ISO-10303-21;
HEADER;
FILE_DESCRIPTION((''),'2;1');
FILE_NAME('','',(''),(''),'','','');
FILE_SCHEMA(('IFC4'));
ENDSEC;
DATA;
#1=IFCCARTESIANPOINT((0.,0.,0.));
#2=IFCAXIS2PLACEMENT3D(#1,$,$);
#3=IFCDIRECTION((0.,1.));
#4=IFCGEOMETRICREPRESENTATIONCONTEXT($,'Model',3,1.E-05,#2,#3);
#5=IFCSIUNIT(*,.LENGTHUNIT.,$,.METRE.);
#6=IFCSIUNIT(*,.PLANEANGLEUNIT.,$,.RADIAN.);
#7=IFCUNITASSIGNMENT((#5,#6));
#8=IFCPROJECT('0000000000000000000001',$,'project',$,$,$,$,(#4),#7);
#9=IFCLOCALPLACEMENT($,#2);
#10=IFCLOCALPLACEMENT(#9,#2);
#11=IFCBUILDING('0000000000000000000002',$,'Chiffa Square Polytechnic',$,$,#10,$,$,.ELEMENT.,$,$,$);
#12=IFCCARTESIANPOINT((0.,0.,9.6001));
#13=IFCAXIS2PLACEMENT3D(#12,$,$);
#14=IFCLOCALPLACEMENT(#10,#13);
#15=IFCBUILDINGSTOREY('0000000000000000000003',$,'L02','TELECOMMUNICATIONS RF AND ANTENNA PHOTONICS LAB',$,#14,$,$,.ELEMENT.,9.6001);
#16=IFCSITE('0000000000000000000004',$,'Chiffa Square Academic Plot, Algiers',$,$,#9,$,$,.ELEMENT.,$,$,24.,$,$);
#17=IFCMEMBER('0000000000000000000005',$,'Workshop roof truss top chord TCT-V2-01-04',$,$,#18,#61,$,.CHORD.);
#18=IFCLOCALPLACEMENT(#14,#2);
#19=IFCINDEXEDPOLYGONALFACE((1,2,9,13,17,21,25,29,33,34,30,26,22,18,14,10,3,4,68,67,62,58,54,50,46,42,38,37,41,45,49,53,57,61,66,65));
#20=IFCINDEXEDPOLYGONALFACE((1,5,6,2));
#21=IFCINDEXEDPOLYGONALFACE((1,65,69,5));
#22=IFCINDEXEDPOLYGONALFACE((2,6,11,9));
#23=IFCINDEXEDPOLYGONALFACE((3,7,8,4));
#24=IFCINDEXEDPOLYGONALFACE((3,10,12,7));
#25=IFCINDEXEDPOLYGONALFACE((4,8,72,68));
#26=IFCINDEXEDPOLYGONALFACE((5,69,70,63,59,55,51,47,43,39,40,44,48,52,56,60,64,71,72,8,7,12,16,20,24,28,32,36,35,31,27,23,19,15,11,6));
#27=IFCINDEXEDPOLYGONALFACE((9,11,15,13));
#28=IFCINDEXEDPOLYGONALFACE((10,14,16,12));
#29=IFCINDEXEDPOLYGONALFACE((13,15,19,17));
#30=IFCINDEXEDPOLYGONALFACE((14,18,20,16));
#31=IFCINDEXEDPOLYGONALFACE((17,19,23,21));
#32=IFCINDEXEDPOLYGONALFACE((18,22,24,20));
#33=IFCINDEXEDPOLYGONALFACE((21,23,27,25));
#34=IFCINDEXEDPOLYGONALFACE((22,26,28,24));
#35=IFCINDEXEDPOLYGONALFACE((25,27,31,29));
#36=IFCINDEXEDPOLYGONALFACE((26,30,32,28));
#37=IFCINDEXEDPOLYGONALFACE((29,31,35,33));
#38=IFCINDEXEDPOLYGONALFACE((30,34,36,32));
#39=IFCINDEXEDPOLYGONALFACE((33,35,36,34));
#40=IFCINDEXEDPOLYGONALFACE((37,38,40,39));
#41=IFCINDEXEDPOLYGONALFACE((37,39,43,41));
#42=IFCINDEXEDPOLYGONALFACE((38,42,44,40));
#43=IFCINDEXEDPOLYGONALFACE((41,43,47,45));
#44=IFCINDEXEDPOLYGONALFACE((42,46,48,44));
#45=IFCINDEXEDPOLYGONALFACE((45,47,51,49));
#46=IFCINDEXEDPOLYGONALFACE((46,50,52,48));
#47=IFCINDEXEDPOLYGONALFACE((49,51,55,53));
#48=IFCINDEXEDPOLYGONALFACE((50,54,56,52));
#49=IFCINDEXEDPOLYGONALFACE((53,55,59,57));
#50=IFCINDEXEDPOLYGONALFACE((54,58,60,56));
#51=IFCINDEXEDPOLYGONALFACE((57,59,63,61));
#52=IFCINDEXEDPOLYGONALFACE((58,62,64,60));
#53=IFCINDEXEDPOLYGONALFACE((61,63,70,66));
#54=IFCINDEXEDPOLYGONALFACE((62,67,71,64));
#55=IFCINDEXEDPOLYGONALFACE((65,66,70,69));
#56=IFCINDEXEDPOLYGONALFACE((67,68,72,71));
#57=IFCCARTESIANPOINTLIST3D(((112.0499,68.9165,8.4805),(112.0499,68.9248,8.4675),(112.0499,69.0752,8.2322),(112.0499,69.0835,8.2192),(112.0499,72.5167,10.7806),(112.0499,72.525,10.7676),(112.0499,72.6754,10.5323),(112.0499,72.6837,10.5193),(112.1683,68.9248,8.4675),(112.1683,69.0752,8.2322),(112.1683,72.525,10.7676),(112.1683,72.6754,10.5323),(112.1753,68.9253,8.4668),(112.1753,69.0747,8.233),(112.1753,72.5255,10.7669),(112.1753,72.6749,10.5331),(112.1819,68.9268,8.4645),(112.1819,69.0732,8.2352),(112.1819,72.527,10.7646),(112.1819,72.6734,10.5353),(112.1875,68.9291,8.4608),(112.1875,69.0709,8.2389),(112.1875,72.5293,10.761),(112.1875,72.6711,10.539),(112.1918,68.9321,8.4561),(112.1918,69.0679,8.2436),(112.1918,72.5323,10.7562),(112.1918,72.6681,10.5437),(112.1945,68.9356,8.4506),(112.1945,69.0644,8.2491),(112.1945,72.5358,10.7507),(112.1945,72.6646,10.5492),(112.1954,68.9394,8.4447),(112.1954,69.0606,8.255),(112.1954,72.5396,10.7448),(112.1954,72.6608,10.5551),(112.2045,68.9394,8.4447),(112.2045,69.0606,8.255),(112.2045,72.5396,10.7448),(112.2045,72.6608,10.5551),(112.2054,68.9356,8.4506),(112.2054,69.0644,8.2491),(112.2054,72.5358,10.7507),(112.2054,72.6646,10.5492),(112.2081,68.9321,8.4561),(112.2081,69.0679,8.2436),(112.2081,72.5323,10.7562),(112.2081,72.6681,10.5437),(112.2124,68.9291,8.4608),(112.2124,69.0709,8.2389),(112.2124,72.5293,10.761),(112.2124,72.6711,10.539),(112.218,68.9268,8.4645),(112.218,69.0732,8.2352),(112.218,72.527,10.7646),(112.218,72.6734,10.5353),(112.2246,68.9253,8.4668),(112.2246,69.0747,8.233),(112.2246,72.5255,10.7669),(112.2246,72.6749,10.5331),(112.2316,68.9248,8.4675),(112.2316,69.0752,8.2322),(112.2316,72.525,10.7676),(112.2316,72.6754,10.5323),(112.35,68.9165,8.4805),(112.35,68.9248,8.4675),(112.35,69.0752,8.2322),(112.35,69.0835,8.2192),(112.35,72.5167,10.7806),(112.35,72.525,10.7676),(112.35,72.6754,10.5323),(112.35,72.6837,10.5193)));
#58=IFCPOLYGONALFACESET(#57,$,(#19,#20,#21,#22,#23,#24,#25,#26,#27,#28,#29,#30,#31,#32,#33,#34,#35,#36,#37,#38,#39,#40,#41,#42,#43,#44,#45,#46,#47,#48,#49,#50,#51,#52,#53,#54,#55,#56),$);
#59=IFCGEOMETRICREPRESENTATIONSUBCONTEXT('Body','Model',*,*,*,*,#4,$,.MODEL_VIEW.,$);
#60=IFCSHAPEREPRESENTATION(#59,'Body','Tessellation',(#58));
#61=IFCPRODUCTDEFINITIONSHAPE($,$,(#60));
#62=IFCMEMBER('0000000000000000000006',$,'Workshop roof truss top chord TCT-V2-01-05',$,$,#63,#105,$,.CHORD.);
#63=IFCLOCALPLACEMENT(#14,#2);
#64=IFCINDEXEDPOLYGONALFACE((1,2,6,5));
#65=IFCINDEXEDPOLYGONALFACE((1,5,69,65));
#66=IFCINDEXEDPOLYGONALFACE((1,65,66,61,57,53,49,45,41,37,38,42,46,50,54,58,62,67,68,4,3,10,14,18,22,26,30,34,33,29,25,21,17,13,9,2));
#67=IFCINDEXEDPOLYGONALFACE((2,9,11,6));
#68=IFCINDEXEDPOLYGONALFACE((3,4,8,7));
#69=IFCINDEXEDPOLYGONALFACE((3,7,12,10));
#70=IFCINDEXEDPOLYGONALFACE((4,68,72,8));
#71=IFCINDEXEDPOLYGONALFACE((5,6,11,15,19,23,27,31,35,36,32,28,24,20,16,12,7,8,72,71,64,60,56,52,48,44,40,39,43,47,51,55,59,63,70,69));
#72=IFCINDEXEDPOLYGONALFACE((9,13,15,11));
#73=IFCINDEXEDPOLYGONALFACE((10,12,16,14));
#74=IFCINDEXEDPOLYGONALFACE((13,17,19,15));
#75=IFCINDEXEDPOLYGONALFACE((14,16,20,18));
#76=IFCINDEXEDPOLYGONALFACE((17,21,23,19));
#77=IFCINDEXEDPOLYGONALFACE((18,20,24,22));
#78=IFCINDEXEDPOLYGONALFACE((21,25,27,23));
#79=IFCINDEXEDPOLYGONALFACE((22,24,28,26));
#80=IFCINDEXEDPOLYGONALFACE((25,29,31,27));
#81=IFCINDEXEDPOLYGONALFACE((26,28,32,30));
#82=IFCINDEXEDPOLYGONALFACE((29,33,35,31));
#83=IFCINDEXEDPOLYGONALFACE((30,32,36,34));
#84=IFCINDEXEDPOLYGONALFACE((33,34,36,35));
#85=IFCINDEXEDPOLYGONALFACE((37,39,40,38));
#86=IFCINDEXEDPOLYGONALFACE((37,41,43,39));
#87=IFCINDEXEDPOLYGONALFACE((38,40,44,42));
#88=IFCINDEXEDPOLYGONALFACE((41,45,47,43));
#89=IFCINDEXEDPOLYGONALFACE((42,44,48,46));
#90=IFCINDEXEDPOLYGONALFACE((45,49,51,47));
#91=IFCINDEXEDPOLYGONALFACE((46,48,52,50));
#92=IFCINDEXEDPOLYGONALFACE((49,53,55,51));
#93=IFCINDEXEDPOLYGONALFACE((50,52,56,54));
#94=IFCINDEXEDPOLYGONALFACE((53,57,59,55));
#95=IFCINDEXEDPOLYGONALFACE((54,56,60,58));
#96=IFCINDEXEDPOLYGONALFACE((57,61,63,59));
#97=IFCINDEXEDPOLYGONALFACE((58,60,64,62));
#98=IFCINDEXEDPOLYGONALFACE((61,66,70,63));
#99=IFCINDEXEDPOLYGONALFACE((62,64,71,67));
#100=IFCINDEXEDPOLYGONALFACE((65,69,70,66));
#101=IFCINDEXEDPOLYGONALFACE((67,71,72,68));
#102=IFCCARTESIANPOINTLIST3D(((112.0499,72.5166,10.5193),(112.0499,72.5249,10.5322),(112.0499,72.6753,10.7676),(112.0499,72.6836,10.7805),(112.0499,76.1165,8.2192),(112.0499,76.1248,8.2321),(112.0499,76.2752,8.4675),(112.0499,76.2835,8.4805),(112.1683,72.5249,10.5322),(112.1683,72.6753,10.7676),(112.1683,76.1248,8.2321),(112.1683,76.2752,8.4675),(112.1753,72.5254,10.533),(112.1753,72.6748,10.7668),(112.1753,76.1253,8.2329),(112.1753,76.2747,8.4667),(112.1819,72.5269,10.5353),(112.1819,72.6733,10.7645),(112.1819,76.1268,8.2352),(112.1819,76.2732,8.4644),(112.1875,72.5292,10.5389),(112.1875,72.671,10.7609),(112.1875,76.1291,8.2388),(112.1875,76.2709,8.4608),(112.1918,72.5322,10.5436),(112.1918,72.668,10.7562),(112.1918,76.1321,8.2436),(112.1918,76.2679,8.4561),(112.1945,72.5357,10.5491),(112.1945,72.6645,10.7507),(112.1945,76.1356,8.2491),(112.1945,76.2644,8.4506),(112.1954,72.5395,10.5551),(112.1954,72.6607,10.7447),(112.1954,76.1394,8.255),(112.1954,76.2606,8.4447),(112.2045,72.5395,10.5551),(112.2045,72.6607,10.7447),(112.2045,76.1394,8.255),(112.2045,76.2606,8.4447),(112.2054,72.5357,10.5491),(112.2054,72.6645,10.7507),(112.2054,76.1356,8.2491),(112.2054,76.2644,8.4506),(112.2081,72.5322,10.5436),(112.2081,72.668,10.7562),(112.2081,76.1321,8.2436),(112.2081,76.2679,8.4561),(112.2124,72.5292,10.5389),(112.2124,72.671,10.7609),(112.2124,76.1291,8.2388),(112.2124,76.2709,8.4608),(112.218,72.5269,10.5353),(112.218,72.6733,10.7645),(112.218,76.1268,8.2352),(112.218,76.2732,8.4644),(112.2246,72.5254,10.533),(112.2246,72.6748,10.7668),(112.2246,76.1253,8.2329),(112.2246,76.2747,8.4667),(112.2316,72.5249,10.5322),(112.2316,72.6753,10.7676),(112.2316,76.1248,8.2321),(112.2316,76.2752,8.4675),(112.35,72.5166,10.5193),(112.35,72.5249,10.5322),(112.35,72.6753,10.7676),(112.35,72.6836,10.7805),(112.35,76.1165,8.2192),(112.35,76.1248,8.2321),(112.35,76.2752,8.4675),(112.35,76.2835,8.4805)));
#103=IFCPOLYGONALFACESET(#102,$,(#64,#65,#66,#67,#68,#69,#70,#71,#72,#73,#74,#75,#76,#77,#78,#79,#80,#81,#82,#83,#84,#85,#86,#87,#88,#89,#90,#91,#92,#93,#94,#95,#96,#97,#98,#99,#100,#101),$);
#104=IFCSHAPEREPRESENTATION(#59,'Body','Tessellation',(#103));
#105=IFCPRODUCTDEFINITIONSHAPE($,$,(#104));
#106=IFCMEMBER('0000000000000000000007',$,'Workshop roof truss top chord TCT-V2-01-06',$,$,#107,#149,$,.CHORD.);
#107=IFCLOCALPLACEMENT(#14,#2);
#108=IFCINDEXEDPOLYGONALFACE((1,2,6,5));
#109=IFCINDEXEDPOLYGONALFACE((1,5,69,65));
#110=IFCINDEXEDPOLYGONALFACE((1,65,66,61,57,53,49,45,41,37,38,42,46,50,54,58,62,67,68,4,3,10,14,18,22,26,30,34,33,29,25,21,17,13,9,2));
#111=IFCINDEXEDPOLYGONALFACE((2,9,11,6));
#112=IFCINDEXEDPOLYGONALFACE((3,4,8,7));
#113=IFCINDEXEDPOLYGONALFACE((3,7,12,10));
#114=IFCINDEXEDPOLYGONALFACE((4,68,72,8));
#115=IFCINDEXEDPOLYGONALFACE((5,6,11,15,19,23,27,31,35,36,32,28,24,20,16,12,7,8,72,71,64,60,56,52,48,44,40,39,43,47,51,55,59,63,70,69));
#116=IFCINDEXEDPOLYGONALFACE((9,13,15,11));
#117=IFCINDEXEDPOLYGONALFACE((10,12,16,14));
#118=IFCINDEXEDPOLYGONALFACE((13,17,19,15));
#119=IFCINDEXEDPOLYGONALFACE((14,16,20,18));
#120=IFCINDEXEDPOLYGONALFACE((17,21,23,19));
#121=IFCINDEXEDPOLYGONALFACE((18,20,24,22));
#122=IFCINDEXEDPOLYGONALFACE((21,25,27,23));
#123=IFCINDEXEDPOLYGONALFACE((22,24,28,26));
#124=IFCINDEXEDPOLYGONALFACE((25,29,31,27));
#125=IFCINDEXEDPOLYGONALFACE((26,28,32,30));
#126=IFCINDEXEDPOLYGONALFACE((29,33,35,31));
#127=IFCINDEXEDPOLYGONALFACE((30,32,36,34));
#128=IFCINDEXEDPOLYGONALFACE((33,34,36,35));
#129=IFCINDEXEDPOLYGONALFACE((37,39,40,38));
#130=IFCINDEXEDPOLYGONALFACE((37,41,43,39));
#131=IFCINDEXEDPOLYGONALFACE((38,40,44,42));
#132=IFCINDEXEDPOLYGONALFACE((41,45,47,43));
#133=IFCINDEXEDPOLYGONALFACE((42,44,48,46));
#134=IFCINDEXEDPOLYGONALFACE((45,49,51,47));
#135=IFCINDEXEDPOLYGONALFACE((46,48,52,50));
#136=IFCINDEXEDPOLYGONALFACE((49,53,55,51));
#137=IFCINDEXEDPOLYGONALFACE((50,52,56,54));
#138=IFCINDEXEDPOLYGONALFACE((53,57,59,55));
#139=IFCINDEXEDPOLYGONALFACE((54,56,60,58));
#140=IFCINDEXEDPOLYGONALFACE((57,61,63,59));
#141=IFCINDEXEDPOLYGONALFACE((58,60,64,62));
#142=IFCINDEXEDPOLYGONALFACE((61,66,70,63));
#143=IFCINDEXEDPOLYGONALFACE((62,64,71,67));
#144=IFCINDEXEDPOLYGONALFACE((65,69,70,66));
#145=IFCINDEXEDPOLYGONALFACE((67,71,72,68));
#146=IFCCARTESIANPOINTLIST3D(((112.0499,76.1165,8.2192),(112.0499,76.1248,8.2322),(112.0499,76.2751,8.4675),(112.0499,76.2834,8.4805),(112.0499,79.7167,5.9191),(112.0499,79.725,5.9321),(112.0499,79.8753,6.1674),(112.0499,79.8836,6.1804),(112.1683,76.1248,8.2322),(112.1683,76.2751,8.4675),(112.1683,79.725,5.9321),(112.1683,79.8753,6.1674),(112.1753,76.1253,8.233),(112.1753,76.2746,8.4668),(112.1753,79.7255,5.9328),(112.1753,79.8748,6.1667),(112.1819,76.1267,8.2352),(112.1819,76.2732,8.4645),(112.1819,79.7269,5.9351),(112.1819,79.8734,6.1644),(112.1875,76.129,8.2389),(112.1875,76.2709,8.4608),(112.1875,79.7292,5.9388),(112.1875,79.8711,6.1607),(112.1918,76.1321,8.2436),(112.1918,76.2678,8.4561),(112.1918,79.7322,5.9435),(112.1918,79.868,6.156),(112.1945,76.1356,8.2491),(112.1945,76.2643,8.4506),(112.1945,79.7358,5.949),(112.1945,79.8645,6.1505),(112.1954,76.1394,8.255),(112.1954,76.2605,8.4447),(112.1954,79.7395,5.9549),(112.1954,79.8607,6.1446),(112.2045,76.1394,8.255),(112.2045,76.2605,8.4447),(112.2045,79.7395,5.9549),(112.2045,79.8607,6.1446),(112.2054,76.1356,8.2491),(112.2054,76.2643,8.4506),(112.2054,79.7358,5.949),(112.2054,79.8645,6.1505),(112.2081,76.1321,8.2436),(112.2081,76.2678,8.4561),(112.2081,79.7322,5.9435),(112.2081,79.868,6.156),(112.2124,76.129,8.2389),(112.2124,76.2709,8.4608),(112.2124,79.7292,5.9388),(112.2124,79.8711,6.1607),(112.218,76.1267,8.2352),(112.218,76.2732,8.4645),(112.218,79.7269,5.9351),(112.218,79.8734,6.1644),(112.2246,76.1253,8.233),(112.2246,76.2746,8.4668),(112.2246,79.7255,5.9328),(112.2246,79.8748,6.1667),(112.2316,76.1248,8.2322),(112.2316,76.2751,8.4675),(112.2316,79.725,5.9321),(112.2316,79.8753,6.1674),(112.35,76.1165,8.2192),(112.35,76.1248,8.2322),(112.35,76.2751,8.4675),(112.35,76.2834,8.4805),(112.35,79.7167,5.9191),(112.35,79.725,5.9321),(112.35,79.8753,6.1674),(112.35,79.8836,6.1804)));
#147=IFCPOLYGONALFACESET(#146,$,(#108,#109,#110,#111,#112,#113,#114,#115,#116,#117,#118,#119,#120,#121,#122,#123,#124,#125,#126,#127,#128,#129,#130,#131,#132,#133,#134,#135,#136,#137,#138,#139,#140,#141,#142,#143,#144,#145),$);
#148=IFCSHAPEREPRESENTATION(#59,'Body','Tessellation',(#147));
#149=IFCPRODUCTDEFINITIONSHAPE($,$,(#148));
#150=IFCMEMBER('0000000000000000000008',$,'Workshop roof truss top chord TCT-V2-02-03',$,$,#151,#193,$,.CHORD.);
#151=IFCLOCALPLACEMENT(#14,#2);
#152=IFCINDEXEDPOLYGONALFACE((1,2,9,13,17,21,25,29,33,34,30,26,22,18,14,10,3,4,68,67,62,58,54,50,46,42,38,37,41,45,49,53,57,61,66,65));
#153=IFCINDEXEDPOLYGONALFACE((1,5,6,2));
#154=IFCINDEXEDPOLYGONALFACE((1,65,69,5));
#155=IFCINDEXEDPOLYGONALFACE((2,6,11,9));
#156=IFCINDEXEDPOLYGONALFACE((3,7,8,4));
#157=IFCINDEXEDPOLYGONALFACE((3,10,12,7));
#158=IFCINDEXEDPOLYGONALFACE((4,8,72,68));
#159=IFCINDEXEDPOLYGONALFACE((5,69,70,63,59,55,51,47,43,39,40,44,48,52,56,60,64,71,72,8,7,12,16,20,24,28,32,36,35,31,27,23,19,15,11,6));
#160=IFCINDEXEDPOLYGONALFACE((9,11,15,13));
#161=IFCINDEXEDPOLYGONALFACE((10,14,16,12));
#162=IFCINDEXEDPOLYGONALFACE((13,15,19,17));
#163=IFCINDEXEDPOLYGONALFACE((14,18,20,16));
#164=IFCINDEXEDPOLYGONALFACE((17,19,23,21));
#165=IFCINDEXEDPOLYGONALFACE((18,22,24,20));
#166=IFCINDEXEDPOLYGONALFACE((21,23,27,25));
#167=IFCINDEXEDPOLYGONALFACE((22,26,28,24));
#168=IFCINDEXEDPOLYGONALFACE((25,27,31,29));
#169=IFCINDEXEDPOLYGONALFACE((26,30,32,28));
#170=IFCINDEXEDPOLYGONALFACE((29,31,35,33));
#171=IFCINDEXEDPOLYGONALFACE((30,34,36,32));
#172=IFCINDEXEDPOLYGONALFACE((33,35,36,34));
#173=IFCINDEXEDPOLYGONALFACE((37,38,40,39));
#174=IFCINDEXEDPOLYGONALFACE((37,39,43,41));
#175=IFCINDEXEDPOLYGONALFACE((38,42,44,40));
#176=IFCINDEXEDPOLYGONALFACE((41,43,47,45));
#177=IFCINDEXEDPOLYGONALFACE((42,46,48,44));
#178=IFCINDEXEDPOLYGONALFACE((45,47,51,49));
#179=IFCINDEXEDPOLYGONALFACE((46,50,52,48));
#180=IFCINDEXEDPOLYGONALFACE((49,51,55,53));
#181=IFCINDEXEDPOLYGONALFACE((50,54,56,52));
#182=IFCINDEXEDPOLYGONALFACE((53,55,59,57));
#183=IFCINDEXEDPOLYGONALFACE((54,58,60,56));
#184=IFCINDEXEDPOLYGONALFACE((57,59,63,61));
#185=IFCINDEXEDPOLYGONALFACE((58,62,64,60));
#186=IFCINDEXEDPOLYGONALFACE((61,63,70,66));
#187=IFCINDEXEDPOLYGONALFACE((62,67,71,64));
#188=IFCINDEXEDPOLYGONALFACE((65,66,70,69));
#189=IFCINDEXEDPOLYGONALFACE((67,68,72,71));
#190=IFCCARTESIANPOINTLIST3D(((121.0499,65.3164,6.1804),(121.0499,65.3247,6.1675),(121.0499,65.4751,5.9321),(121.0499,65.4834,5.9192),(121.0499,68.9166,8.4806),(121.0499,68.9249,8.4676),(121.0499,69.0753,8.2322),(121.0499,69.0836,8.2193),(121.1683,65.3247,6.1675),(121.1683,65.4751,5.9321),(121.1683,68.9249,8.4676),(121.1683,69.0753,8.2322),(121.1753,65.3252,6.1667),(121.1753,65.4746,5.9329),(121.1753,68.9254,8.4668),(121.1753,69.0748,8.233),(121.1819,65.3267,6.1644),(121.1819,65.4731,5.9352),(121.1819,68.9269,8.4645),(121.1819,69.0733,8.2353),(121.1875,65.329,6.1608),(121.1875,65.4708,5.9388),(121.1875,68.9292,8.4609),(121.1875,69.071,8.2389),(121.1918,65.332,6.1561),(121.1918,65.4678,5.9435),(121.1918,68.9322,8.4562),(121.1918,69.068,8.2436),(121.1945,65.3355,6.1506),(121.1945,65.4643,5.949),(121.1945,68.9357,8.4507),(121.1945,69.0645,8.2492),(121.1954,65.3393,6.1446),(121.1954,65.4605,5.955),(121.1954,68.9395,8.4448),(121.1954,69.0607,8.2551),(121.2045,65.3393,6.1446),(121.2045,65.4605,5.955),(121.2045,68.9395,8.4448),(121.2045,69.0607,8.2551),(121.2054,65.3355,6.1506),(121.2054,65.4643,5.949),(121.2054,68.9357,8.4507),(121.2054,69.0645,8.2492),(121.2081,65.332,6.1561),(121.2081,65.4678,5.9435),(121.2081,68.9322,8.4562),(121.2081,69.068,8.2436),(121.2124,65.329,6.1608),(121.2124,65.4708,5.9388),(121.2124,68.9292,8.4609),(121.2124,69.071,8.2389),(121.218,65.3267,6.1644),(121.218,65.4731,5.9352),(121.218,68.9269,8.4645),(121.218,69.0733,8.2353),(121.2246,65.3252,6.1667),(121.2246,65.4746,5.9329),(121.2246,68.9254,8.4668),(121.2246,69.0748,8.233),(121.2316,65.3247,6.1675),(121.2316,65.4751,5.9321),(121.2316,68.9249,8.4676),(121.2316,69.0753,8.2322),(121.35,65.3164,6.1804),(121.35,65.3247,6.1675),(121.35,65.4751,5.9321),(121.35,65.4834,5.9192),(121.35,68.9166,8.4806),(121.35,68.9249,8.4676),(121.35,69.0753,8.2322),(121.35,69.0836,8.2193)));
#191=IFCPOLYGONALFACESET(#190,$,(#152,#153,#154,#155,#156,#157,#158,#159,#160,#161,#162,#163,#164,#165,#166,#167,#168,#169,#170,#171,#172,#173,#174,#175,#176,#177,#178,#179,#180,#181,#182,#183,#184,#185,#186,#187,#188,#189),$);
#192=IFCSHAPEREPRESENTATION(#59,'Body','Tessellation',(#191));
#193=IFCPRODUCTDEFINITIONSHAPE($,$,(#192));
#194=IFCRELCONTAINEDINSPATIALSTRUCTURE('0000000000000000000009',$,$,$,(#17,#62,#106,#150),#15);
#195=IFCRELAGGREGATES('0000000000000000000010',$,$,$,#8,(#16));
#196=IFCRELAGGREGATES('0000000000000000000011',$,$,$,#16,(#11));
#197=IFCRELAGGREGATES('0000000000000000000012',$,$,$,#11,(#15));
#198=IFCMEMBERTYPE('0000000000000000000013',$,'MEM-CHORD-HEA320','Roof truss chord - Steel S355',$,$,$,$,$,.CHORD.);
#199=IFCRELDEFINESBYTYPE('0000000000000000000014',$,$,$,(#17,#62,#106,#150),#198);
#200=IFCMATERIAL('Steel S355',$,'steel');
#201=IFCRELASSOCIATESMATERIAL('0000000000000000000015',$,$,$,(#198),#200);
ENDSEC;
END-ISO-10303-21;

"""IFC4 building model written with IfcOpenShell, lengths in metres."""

from ifc_helpers import new_model, si_unit, direction, frame, origin, origin_2d, place, context, subcontext, project, spatial, i_section, extrude, material, material_profile, profile_set, type_object, element, save


model = new_model("IFC4")

# Units and contexts
model_context = context("Model", 3, precision=1e-05, world=origin(), true_north=direction((0.0, 1.0)))
body_context = subcontext(model_context, "Body", "Model", "MODEL_VIEW")
ifc_project = project(units=[si_unit("LENGTHUNIT", "METRE"), si_unit("PLANEANGLEUNIT", "RADIAN")], contexts=[model_context])

# Site, building, storey
site_placement = place(None, origin())
site = spatial("IfcSite", under=ifc_project, at=site_placement, Name="Chiffa Square Academic Plot, Algiers", CompositionType="ELEMENT", RefElevation=24.0)
building_placement = place(site_placement, origin())
building = spatial("IfcBuilding", under=site, at=building_placement, Name="Chiffa Square Polytechnic", CompositionType="ELEMENT")
storey_placement = place(building_placement, frame((0.0, 0.0, 9.6001)))
storey = spatial("IfcBuildingStorey", under=building, at=storey_placement, Name="L02", Description="TELECOMMUNICATIONS RF AND ANTENNA PHOTONICS LAB", CompositionType="ELEMENT", Elevation=9.6001)

# Shared definitions
ifc_material_1 = material(Name="Steel S355", Category="steel")

# Members
ifc_material_profile_1 = material_profile(ifc_material_1, i_section(OverallWidth=0.3, OverallDepth=0.3101, WebThickness=0.009, FlangeThickness=0.0154, FilletRadius=0.0271, at=origin_2d()), Name="HEA 320")
ifc_profile_set_1 = profile_set([ifc_material_profile_1], Name="Steel S355")
member_type_1 = type_object("IfcMemberType", Name="MEM-CHORD-HEA320", Description="Roof truss chord - Steel S355", PredefinedType="CHORD", material=ifc_profile_set_1)
member_1_placement = place(storey_placement, frame((112.2, 69.0, 8.3499), z_axis=(0.0, 0.842698, 0.538387), x_axis=(-1.0, 0.0, 0.0)))
element("IfcMember", 1, at=member_1_placement, inside=storey, type_object=member_type_1, Name="Workshop roof truss top chord TCT-V2-01-04", PredefinedType="CHORD", context=body_context, shape_type="SweptSolid", body=[
    extrude(i_section(OverallWidth=0.3, OverallDepth=0.3101, WebThickness=0.009, FlangeThickness=0.0154, FilletRadius=0.0271, at=origin_2d()), origin(), (0.0, 0.0, 1.0), 4.2722),
])
member_2_placement = place(storey_placement, frame((112.2, 72.6001, 10.6499), z_axis=(0.0, 0.842681, -0.538413), x_axis=(-1.0, 0.0, 0.0)))
element("IfcMember", 2, at=member_2_placement, inside=storey, type_object=member_type_1, Name="Workshop roof truss top chord TCT-V2-01-05", PredefinedType="CHORD", context=body_context, shape_type="SweptSolid", body=[
    extrude(i_section(OverallWidth=0.3, OverallDepth=0.3101, WebThickness=0.009, FlangeThickness=0.0154, FilletRadius=0.0271, at=origin_2d()), origin(), (0.0, 0.0, 1.0), 4.272),
])
for number, where, z_axis, x_axis, name in (
    (3, (112.2, 76.2, 8.3499), (0.0, 0.842698, -0.538387), (-1.0, 0.0, 0.0), "Workshop roof truss top chord TCT-V2-01-06"),
    (4, (121.2, 65.3999, 6.0498), (0.0, 0.842698, 0.538387), (-1.0, 0.0, 0.0), "Workshop roof truss top chord TCT-V2-02-03"),
):
    element("IfcMember", number, at=place(storey_placement, frame(where, z_axis=z_axis, x_axis=x_axis)), inside=storey, type_object=member_type_1, Name=name, PredefinedType="CHORD", context=body_context, shape_type="SweptSolid", body=[
        extrude(i_section(OverallWidth=0.3, OverallDepth=0.3101, WebThickness=0.009, FlangeThickness=0.0154, FilletRadius=0.0271, at=origin_2d()), origin(), (0.0, 0.0, 1.0), 4.2722),
    ])

save(model, "model.ifc")
